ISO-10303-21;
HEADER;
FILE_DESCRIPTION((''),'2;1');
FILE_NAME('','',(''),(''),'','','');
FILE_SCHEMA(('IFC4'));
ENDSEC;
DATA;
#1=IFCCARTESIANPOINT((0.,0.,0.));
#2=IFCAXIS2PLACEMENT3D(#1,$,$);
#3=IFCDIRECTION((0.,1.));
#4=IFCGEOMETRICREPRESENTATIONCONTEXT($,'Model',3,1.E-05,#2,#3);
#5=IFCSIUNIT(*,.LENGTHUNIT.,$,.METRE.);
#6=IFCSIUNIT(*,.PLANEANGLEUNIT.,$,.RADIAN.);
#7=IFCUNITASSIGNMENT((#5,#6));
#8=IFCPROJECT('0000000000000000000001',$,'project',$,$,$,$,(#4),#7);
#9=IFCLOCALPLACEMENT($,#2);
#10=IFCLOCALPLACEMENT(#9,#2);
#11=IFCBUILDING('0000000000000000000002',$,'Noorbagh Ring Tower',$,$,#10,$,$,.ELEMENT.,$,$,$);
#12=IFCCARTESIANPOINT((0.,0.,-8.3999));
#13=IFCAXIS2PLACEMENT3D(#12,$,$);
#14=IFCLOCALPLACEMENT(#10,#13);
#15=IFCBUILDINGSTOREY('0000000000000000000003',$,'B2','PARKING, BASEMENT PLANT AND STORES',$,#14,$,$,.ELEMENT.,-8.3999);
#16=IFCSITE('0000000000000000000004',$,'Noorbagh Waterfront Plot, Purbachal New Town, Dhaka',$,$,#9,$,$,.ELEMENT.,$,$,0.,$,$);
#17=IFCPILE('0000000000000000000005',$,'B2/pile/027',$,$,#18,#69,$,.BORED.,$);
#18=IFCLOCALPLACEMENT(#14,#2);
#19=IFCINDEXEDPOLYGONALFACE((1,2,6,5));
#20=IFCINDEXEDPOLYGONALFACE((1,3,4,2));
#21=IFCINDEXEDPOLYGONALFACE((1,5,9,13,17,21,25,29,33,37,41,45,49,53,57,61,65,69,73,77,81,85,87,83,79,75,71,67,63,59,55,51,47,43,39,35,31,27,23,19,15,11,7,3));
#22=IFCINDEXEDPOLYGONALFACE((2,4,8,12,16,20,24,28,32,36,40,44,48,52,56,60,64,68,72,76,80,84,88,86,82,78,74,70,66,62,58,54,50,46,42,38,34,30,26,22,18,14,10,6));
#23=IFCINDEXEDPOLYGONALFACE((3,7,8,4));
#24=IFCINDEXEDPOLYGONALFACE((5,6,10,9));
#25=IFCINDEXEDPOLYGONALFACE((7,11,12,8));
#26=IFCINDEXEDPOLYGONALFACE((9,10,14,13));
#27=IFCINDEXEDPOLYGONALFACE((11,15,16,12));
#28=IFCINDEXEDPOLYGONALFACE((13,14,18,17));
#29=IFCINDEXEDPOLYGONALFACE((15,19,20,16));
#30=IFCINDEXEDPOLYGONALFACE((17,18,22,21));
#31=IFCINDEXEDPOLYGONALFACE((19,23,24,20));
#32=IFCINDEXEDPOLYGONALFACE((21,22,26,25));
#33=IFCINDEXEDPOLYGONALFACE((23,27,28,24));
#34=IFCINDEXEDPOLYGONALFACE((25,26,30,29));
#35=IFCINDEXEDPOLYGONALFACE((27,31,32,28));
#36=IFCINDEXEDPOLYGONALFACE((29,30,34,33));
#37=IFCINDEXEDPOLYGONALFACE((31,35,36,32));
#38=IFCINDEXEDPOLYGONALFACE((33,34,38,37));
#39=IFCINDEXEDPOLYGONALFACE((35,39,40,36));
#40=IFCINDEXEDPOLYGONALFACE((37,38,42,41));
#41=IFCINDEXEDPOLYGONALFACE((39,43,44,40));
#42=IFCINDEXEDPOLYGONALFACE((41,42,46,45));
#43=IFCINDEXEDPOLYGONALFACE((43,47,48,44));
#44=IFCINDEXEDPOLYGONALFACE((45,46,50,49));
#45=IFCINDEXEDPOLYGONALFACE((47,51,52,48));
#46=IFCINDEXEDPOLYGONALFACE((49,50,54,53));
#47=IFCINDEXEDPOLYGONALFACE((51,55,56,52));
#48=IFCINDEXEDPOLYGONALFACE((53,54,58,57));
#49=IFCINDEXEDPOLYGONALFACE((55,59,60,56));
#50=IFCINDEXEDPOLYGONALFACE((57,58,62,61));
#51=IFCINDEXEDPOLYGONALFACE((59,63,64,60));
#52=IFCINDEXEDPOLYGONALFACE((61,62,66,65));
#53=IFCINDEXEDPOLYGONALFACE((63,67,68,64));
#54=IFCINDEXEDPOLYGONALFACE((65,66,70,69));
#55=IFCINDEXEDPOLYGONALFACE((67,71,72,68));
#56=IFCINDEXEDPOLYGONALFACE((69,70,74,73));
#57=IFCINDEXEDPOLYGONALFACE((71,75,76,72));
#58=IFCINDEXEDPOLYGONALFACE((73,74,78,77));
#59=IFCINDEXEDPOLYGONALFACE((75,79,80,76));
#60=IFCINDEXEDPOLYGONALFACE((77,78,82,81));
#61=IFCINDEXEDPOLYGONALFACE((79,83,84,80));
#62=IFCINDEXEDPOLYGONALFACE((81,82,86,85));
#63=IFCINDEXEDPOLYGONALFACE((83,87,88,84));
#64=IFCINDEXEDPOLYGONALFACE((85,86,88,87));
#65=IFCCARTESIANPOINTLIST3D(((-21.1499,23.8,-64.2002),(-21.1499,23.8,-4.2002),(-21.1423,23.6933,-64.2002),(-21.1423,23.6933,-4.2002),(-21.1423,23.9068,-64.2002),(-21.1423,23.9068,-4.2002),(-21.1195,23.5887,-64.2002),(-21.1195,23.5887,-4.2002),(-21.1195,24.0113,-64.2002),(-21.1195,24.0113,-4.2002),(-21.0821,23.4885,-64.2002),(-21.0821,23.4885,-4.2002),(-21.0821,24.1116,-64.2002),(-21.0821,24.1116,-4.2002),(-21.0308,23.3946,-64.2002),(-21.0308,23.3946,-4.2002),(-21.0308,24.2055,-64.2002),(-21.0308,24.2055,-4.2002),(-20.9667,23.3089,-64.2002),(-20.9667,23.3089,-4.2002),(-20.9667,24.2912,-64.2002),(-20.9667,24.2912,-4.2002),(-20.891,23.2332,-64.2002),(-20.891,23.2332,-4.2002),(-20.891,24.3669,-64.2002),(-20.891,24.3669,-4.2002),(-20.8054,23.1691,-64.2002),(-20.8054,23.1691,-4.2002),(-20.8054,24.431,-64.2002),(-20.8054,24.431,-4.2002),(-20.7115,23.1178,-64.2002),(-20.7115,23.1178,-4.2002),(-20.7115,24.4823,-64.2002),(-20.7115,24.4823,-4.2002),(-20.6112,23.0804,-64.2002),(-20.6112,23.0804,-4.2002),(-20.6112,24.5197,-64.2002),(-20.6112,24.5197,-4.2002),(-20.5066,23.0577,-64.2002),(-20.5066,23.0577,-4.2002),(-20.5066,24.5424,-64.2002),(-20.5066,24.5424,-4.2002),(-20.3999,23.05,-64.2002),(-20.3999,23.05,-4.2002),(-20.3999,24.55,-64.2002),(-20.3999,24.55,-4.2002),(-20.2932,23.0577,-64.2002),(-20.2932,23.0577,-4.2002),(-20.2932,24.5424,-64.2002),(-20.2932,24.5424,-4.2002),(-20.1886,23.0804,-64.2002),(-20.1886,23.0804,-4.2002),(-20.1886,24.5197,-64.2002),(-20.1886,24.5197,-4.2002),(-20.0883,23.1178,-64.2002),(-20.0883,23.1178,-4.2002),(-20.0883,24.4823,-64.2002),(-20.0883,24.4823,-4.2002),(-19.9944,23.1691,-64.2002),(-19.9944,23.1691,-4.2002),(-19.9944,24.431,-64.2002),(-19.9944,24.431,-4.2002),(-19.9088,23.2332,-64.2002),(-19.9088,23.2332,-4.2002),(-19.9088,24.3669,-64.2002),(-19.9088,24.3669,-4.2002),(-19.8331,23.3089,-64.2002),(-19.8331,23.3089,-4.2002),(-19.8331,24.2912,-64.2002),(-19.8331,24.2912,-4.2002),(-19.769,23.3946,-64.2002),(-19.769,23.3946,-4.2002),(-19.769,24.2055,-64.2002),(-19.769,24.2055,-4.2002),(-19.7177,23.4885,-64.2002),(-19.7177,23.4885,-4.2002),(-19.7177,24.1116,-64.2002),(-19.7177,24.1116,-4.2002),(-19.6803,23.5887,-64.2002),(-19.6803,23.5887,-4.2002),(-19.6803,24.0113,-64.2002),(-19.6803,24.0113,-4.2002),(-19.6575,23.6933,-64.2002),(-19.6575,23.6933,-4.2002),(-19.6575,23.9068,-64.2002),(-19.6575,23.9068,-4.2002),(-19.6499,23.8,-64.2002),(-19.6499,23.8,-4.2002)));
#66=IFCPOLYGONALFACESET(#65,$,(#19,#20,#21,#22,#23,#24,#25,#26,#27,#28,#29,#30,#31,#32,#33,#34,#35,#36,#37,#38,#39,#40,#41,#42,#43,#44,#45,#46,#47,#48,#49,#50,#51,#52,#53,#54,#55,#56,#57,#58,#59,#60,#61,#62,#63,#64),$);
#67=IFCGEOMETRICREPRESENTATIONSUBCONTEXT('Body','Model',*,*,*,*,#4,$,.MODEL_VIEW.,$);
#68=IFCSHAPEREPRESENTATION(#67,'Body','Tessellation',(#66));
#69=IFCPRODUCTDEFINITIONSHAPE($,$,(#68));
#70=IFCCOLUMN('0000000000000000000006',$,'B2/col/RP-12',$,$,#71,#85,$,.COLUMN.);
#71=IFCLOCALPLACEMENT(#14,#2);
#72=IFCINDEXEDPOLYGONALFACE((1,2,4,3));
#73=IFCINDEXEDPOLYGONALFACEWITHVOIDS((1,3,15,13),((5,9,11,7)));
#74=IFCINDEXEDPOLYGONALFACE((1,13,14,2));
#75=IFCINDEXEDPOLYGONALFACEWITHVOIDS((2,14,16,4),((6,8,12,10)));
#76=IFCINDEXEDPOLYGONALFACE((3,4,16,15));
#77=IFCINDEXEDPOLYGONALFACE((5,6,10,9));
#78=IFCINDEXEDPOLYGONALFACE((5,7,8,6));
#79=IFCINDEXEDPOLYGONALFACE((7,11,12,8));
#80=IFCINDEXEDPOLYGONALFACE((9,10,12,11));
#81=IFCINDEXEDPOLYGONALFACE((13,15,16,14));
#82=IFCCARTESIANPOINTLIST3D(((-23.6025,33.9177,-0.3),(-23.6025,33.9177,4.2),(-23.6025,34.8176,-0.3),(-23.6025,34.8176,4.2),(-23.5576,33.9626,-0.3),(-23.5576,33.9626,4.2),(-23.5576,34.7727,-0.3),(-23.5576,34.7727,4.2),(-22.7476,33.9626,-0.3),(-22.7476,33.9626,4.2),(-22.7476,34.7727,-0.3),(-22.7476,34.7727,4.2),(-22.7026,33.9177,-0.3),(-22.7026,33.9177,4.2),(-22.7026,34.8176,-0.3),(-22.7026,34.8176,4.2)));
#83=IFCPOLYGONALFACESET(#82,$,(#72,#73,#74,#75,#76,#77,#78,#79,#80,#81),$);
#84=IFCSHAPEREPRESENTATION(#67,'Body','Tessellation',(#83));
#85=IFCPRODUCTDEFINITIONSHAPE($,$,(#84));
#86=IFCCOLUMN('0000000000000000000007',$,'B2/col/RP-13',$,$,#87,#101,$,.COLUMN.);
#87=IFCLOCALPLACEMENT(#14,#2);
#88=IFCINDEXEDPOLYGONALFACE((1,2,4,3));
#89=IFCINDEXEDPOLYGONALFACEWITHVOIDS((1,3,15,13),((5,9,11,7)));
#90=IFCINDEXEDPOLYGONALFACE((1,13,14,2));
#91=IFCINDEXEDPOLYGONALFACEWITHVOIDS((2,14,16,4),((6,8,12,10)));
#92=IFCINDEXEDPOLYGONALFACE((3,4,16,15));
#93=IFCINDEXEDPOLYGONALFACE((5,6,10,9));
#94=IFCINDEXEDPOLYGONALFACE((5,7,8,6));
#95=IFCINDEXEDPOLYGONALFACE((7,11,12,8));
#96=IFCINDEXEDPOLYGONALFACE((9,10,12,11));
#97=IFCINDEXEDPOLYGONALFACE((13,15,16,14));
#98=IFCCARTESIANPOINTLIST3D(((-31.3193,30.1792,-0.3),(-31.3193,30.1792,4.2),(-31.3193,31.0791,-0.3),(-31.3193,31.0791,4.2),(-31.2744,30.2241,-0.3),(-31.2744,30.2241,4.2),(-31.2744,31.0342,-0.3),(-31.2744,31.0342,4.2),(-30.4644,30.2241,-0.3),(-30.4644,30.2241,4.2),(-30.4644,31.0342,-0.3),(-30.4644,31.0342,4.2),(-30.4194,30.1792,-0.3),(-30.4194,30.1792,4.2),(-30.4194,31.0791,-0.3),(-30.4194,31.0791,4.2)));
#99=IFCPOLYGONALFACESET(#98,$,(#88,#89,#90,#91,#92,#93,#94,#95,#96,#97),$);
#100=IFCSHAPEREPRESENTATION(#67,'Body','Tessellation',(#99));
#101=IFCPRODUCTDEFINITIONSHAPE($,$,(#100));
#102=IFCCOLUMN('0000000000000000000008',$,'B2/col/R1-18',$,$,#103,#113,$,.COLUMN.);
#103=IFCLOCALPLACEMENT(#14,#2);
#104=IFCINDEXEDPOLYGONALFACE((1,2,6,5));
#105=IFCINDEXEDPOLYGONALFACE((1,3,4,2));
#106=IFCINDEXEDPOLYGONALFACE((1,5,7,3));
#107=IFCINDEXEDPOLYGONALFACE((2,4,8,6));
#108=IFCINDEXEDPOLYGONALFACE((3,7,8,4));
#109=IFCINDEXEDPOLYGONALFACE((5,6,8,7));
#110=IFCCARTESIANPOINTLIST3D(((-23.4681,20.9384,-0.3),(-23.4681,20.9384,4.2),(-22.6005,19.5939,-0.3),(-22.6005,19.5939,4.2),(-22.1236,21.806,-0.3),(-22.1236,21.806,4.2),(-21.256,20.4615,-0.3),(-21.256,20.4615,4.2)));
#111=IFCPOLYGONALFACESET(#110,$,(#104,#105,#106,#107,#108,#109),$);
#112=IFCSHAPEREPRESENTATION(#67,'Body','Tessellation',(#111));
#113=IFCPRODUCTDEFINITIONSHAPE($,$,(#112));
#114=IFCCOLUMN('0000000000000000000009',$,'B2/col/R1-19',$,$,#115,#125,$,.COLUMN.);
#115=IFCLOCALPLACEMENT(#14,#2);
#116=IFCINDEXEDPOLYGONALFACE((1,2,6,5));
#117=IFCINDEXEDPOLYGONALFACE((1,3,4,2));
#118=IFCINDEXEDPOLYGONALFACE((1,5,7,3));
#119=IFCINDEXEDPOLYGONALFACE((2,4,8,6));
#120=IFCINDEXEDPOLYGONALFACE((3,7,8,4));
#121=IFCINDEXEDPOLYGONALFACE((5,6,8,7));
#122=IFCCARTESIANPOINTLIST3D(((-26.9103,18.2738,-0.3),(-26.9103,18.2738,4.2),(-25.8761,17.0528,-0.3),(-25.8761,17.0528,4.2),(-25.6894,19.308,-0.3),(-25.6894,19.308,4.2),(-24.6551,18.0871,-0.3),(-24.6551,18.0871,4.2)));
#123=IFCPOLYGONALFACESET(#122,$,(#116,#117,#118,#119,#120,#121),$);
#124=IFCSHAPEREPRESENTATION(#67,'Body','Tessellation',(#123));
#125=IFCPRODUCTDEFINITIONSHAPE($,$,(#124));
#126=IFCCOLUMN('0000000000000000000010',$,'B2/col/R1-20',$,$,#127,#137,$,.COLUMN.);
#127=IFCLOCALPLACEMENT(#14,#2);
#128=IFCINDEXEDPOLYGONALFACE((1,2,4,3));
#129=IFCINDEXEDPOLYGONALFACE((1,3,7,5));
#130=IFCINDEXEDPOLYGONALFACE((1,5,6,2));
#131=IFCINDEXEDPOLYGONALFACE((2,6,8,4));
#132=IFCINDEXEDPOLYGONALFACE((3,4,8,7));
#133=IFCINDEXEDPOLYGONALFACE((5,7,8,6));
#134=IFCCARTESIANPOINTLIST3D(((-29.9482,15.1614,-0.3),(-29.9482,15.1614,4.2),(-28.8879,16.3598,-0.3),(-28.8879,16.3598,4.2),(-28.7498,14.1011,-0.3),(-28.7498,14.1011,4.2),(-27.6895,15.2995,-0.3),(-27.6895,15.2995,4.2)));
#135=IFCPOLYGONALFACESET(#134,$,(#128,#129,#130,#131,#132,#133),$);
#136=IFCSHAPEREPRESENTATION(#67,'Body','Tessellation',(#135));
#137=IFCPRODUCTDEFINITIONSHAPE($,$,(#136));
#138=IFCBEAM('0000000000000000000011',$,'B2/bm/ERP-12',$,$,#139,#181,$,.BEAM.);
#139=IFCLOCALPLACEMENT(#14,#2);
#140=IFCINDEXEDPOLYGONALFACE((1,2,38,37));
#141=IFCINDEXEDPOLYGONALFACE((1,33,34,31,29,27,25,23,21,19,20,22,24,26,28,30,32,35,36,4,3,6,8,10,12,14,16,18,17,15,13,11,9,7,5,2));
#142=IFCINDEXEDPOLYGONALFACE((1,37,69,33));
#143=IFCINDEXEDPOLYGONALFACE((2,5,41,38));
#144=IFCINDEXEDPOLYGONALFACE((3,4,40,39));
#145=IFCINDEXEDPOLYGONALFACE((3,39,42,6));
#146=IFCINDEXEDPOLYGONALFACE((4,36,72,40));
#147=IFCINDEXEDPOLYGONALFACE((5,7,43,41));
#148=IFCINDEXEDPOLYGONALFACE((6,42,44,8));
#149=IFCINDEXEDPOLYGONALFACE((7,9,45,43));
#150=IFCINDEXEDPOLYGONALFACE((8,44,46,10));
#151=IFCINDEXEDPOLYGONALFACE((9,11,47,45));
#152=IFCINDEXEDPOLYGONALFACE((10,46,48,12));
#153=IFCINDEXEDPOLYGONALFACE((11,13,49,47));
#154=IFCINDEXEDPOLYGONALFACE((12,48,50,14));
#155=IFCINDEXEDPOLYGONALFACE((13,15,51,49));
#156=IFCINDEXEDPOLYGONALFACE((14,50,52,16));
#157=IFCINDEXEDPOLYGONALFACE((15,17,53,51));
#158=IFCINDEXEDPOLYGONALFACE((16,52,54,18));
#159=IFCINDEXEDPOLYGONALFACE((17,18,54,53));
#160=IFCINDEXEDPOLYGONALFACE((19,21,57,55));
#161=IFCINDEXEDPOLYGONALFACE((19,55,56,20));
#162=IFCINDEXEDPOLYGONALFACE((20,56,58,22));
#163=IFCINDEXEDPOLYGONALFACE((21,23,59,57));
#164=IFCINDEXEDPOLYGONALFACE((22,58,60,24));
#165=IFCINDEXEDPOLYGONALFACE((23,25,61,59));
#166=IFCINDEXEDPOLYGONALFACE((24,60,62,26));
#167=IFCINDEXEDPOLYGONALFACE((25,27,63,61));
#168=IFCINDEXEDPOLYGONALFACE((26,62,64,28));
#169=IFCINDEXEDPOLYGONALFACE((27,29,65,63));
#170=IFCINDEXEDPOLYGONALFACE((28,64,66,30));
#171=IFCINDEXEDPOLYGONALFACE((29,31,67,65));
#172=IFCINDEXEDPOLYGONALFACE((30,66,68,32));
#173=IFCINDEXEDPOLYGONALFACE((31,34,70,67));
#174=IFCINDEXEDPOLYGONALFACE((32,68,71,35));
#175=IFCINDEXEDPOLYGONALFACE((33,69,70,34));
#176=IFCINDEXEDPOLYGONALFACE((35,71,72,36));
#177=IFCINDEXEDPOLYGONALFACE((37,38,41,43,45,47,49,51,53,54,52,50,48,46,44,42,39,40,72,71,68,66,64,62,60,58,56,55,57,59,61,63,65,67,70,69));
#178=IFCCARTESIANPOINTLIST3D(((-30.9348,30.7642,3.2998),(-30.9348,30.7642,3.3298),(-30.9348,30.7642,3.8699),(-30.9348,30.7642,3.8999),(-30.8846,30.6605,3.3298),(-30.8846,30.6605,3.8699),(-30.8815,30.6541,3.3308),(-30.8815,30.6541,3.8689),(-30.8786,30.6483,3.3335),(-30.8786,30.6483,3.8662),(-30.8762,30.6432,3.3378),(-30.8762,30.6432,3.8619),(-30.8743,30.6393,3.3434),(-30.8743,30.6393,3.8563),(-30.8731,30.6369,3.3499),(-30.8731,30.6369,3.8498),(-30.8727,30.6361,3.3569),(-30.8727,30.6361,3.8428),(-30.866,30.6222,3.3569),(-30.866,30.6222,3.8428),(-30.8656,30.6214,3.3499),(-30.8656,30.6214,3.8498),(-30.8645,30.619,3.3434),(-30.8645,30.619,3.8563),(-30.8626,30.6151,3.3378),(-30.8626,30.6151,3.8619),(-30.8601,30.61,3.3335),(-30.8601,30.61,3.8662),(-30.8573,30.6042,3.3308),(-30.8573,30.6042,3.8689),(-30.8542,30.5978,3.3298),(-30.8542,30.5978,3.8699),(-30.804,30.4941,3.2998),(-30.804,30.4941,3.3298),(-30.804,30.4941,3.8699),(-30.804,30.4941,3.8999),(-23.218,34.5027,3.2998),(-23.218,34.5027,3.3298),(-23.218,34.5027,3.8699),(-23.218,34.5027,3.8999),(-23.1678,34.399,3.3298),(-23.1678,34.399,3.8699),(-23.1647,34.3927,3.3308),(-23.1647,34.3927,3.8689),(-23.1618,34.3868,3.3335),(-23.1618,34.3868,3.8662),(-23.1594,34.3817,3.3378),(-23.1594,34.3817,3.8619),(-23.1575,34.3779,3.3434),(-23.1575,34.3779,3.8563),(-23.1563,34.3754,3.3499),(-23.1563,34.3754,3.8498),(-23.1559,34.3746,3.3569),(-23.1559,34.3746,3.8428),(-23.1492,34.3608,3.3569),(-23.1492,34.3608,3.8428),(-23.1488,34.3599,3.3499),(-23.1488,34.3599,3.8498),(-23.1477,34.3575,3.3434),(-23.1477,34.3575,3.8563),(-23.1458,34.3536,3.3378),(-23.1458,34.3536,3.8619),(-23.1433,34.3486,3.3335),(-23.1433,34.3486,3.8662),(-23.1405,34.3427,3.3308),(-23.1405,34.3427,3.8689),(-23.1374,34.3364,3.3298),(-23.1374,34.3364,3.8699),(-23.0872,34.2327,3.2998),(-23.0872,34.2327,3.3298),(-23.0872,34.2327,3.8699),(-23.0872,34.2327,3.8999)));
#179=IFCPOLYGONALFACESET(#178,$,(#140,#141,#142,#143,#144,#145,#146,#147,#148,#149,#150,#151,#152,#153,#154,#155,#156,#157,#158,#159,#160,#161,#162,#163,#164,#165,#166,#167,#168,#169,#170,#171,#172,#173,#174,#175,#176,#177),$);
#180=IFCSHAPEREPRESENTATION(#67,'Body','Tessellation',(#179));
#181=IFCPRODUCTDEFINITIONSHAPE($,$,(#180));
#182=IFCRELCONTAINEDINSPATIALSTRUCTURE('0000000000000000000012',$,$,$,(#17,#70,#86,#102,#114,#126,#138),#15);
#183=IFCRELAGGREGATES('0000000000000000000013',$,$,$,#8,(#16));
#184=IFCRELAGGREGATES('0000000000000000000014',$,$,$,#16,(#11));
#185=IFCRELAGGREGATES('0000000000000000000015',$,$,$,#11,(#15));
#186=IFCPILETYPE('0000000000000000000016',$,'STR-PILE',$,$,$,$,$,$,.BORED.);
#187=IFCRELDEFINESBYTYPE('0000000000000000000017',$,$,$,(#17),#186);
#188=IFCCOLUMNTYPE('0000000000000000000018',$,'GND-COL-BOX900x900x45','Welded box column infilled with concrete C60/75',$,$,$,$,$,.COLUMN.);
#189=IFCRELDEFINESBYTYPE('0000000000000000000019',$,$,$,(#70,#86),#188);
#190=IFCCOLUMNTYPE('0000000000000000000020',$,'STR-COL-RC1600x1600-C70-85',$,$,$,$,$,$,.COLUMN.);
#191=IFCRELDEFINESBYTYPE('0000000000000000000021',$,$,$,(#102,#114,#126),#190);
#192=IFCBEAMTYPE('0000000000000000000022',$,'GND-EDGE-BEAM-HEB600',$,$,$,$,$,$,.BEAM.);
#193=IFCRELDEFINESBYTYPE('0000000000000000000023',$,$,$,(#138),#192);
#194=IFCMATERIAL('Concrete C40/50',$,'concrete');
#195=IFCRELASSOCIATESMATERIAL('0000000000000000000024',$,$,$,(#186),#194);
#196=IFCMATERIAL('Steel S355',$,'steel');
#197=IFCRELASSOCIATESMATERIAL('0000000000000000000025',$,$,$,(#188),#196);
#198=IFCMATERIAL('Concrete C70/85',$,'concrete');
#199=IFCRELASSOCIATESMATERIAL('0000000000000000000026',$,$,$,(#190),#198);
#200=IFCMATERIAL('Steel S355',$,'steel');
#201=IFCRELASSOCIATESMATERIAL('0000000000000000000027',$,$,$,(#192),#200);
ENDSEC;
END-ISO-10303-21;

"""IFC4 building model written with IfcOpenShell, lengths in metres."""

from ifc_helpers import new_model, si_unit, direction, frame, origin, origin_2d, place, context, subcontext, project, spatial, rectangle, hollow_rectangle, circle, i_section, extrude, material, material_profile, profile_set, type_object, element, save


model = new_model("IFC4")

# Units and contexts
model_context = context("Model", 3, precision=1e-05, world=origin(), true_north=direction((0.0, 1.0)))
body_context = subcontext(model_context, "Body", "Model", "MODEL_VIEW")
ifc_project = project(units=[si_unit("LENGTHUNIT", "METRE"), si_unit("PLANEANGLEUNIT", "RADIAN")], contexts=[model_context])

# Site, building, storey
site_placement = place(None, origin())
site = spatial("IfcSite", under=ifc_project, at=site_placement, Name="Noorbagh Waterfront Plot, Purbachal New Town, Dhaka", CompositionType="ELEMENT", RefElevation=0.0)
building_placement = place(site_placement, origin())
building = spatial("IfcBuilding", under=site, at=building_placement, Name="Noorbagh Ring Tower", CompositionType="ELEMENT")
storey_placement = place(building_placement, frame((0.0, 0.0, -8.3999)))
storey = spatial("IfcBuildingStorey", under=building, at=storey_placement, Name="B2", Description="PARKING, BASEMENT PLANT AND STORES", CompositionType="ELEMENT", Elevation=-8.3999)

# Pile
ifc_material_1 = material(Name="Concrete C40/50", Category="concrete")
ifc_material_profile_1 = material_profile(ifc_material_1, circle(Radius=0.75, at=origin_2d()), Name="PILE1500")
ifc_profile_set_1 = profile_set([ifc_material_profile_1], Name="Concrete C40/50")
pile_type_1 = type_object("IfcPileType", Name="STR-PILE", PredefinedType="BORED", material=ifc_profile_set_1)
for number, where, z_axis, x_axis, name in (
    (1, (-20.3999, 23.8, -4.2002), (0.0, 0.0, -1.0), (1.0, 0.0, 0.0), "B2/pile/027"),
):
    element("IfcPile", number, at=place(storey_placement, frame(where, z_axis=z_axis, x_axis=x_axis)), inside=storey, type_object=pile_type_1, Name=name, PredefinedType="BORED", context=body_context, shape_type="SweptSolid", body=[
        extrude(circle(Radius=0.75, at=origin_2d()), origin(), (0.0, 0.0, 1.0), 60.0),
    ])

# Columns
ifc_material_2 = material(Name="Steel S355", Category="steel")
ifc_material_profile_2 = material_profile(ifc_material_2, hollow_rectangle(XDim=0.8999, YDim=0.8999, WallThickness=0.0449, at=origin_2d()), Name="BOX900x900x45")
ifc_profile_set_2 = profile_set([ifc_material_profile_2], Name="Steel S355")
column_type_1 = type_object("IfcColumnType", Name="GND-COL-BOX900x900x45", Description="Welded box column infilled with concrete C60/75", PredefinedType="COLUMN", material=ifc_profile_set_2)
for number, where, z_axis, x_axis, name in (
    (2, (-23.1526, 34.3677, -0.3), (0.0, 0.0, 1.0), (1.0, 0.0, 0.0), "B2/col/RP-12"),
    (3, (-30.8694, 30.6292, -0.3), (0.0, 0.0, 1.0), (1.0, 0.0, 0.0), "B2/col/RP-13"),
):
    element("IfcColumn", number, at=place(storey_placement, frame(where, z_axis=z_axis, x_axis=x_axis)), inside=storey, type_object=column_type_1, Name=name, PredefinedType="COLUMN", context=body_context, shape_type="SweptSolid", body=[
        extrude(hollow_rectangle(XDim=0.8999, YDim=0.8999, WallThickness=0.0449, at=origin_2d()), origin(), (0.0, 0.0, 1.0), 4.5),
    ])
ifc_material_3 = material(Name="Concrete C70/85", Category="concrete")
ifc_material_profile_3 = material_profile(ifc_material_3, rectangle(XDim=1.6001, YDim=1.6001, at=origin_2d()), Name="RC1600x1600")
ifc_profile_set_3 = profile_set([ifc_material_profile_3], Name="Concrete C70/85")
column_type_2 = type_object("IfcColumnType", Name="STR-COL-RC1600x1600-C70-85", PredefinedType="COLUMN", material=ifc_profile_set_3)
for number, where, z_axis, x_axis, name in (
    (4, (-22.3621, 20.7, -0.3), (0.0, 0.0, 1.0), (-0.840248, -0.542203, 0.0), "B2/col/R1-18"),
    (5, (-25.7827, 18.1804, -0.3), (0.0, 0.0, 1.0), (-0.763035, -0.646357, 0.0), "B2/col/R1-19"),
    (6, (-28.8188, 15.2305, -0.3), (0.0, 0.0, 1.0), (-0.662636, -0.748942, 0.0), "B2/col/R1-20"),
):
    element("IfcColumn", number, at=place(storey_placement, frame(where, z_axis=z_axis, x_axis=x_axis)), inside=storey, type_object=column_type_2, Name=name, PredefinedType="COLUMN", context=body_context, shape_type="SweptSolid", body=[
        extrude(rectangle(XDim=1.6001, YDim=1.6001, at=origin_2d()), origin(), (0.0, 0.0, 1.0), 4.5),
    ])

# Beam
ifc_material_4 = material(Name="Steel S355", Category="steel")
ifc_material_profile_4 = material_profile(ifc_material_4, i_section(OverallWidth=0.3, OverallDepth=0.6001, WebThickness=0.0154, FlangeThickness=0.03, FilletRadius=0.0271, at=origin_2d()), Name="HEB600")
ifc_profile_set_4 = profile_set([ifc_material_profile_4], Name="Steel S355")
beam_type_1 = type_object("IfcBeamType", Name="GND-EDGE-BEAM-HEB600", PredefinedType="BEAM", material=ifc_profile_set_4)
beam_1_placement = place(storey_placement, frame((-23.1526, 34.3677, 3.5999), z_axis=(-0.899949, -0.435995, 0.0), x_axis=(0.435995, -0.899949, 0.0)))
element("IfcBeam", 7, at=beam_1_placement, inside=storey, type_object=beam_type_1, Name="B2/bm/ERP-12", PredefinedType="BEAM", context=body_context, shape_type="SweptSolid", body=[
    extrude(i_section(OverallWidth=0.3, OverallDepth=0.6001, WebThickness=0.0154, FlangeThickness=0.03, FilletRadius=0.0271, at=origin_2d()), origin(), (0.0, 0.0, 1.0), 8.5747),
])

save(model, "model.ifc")
